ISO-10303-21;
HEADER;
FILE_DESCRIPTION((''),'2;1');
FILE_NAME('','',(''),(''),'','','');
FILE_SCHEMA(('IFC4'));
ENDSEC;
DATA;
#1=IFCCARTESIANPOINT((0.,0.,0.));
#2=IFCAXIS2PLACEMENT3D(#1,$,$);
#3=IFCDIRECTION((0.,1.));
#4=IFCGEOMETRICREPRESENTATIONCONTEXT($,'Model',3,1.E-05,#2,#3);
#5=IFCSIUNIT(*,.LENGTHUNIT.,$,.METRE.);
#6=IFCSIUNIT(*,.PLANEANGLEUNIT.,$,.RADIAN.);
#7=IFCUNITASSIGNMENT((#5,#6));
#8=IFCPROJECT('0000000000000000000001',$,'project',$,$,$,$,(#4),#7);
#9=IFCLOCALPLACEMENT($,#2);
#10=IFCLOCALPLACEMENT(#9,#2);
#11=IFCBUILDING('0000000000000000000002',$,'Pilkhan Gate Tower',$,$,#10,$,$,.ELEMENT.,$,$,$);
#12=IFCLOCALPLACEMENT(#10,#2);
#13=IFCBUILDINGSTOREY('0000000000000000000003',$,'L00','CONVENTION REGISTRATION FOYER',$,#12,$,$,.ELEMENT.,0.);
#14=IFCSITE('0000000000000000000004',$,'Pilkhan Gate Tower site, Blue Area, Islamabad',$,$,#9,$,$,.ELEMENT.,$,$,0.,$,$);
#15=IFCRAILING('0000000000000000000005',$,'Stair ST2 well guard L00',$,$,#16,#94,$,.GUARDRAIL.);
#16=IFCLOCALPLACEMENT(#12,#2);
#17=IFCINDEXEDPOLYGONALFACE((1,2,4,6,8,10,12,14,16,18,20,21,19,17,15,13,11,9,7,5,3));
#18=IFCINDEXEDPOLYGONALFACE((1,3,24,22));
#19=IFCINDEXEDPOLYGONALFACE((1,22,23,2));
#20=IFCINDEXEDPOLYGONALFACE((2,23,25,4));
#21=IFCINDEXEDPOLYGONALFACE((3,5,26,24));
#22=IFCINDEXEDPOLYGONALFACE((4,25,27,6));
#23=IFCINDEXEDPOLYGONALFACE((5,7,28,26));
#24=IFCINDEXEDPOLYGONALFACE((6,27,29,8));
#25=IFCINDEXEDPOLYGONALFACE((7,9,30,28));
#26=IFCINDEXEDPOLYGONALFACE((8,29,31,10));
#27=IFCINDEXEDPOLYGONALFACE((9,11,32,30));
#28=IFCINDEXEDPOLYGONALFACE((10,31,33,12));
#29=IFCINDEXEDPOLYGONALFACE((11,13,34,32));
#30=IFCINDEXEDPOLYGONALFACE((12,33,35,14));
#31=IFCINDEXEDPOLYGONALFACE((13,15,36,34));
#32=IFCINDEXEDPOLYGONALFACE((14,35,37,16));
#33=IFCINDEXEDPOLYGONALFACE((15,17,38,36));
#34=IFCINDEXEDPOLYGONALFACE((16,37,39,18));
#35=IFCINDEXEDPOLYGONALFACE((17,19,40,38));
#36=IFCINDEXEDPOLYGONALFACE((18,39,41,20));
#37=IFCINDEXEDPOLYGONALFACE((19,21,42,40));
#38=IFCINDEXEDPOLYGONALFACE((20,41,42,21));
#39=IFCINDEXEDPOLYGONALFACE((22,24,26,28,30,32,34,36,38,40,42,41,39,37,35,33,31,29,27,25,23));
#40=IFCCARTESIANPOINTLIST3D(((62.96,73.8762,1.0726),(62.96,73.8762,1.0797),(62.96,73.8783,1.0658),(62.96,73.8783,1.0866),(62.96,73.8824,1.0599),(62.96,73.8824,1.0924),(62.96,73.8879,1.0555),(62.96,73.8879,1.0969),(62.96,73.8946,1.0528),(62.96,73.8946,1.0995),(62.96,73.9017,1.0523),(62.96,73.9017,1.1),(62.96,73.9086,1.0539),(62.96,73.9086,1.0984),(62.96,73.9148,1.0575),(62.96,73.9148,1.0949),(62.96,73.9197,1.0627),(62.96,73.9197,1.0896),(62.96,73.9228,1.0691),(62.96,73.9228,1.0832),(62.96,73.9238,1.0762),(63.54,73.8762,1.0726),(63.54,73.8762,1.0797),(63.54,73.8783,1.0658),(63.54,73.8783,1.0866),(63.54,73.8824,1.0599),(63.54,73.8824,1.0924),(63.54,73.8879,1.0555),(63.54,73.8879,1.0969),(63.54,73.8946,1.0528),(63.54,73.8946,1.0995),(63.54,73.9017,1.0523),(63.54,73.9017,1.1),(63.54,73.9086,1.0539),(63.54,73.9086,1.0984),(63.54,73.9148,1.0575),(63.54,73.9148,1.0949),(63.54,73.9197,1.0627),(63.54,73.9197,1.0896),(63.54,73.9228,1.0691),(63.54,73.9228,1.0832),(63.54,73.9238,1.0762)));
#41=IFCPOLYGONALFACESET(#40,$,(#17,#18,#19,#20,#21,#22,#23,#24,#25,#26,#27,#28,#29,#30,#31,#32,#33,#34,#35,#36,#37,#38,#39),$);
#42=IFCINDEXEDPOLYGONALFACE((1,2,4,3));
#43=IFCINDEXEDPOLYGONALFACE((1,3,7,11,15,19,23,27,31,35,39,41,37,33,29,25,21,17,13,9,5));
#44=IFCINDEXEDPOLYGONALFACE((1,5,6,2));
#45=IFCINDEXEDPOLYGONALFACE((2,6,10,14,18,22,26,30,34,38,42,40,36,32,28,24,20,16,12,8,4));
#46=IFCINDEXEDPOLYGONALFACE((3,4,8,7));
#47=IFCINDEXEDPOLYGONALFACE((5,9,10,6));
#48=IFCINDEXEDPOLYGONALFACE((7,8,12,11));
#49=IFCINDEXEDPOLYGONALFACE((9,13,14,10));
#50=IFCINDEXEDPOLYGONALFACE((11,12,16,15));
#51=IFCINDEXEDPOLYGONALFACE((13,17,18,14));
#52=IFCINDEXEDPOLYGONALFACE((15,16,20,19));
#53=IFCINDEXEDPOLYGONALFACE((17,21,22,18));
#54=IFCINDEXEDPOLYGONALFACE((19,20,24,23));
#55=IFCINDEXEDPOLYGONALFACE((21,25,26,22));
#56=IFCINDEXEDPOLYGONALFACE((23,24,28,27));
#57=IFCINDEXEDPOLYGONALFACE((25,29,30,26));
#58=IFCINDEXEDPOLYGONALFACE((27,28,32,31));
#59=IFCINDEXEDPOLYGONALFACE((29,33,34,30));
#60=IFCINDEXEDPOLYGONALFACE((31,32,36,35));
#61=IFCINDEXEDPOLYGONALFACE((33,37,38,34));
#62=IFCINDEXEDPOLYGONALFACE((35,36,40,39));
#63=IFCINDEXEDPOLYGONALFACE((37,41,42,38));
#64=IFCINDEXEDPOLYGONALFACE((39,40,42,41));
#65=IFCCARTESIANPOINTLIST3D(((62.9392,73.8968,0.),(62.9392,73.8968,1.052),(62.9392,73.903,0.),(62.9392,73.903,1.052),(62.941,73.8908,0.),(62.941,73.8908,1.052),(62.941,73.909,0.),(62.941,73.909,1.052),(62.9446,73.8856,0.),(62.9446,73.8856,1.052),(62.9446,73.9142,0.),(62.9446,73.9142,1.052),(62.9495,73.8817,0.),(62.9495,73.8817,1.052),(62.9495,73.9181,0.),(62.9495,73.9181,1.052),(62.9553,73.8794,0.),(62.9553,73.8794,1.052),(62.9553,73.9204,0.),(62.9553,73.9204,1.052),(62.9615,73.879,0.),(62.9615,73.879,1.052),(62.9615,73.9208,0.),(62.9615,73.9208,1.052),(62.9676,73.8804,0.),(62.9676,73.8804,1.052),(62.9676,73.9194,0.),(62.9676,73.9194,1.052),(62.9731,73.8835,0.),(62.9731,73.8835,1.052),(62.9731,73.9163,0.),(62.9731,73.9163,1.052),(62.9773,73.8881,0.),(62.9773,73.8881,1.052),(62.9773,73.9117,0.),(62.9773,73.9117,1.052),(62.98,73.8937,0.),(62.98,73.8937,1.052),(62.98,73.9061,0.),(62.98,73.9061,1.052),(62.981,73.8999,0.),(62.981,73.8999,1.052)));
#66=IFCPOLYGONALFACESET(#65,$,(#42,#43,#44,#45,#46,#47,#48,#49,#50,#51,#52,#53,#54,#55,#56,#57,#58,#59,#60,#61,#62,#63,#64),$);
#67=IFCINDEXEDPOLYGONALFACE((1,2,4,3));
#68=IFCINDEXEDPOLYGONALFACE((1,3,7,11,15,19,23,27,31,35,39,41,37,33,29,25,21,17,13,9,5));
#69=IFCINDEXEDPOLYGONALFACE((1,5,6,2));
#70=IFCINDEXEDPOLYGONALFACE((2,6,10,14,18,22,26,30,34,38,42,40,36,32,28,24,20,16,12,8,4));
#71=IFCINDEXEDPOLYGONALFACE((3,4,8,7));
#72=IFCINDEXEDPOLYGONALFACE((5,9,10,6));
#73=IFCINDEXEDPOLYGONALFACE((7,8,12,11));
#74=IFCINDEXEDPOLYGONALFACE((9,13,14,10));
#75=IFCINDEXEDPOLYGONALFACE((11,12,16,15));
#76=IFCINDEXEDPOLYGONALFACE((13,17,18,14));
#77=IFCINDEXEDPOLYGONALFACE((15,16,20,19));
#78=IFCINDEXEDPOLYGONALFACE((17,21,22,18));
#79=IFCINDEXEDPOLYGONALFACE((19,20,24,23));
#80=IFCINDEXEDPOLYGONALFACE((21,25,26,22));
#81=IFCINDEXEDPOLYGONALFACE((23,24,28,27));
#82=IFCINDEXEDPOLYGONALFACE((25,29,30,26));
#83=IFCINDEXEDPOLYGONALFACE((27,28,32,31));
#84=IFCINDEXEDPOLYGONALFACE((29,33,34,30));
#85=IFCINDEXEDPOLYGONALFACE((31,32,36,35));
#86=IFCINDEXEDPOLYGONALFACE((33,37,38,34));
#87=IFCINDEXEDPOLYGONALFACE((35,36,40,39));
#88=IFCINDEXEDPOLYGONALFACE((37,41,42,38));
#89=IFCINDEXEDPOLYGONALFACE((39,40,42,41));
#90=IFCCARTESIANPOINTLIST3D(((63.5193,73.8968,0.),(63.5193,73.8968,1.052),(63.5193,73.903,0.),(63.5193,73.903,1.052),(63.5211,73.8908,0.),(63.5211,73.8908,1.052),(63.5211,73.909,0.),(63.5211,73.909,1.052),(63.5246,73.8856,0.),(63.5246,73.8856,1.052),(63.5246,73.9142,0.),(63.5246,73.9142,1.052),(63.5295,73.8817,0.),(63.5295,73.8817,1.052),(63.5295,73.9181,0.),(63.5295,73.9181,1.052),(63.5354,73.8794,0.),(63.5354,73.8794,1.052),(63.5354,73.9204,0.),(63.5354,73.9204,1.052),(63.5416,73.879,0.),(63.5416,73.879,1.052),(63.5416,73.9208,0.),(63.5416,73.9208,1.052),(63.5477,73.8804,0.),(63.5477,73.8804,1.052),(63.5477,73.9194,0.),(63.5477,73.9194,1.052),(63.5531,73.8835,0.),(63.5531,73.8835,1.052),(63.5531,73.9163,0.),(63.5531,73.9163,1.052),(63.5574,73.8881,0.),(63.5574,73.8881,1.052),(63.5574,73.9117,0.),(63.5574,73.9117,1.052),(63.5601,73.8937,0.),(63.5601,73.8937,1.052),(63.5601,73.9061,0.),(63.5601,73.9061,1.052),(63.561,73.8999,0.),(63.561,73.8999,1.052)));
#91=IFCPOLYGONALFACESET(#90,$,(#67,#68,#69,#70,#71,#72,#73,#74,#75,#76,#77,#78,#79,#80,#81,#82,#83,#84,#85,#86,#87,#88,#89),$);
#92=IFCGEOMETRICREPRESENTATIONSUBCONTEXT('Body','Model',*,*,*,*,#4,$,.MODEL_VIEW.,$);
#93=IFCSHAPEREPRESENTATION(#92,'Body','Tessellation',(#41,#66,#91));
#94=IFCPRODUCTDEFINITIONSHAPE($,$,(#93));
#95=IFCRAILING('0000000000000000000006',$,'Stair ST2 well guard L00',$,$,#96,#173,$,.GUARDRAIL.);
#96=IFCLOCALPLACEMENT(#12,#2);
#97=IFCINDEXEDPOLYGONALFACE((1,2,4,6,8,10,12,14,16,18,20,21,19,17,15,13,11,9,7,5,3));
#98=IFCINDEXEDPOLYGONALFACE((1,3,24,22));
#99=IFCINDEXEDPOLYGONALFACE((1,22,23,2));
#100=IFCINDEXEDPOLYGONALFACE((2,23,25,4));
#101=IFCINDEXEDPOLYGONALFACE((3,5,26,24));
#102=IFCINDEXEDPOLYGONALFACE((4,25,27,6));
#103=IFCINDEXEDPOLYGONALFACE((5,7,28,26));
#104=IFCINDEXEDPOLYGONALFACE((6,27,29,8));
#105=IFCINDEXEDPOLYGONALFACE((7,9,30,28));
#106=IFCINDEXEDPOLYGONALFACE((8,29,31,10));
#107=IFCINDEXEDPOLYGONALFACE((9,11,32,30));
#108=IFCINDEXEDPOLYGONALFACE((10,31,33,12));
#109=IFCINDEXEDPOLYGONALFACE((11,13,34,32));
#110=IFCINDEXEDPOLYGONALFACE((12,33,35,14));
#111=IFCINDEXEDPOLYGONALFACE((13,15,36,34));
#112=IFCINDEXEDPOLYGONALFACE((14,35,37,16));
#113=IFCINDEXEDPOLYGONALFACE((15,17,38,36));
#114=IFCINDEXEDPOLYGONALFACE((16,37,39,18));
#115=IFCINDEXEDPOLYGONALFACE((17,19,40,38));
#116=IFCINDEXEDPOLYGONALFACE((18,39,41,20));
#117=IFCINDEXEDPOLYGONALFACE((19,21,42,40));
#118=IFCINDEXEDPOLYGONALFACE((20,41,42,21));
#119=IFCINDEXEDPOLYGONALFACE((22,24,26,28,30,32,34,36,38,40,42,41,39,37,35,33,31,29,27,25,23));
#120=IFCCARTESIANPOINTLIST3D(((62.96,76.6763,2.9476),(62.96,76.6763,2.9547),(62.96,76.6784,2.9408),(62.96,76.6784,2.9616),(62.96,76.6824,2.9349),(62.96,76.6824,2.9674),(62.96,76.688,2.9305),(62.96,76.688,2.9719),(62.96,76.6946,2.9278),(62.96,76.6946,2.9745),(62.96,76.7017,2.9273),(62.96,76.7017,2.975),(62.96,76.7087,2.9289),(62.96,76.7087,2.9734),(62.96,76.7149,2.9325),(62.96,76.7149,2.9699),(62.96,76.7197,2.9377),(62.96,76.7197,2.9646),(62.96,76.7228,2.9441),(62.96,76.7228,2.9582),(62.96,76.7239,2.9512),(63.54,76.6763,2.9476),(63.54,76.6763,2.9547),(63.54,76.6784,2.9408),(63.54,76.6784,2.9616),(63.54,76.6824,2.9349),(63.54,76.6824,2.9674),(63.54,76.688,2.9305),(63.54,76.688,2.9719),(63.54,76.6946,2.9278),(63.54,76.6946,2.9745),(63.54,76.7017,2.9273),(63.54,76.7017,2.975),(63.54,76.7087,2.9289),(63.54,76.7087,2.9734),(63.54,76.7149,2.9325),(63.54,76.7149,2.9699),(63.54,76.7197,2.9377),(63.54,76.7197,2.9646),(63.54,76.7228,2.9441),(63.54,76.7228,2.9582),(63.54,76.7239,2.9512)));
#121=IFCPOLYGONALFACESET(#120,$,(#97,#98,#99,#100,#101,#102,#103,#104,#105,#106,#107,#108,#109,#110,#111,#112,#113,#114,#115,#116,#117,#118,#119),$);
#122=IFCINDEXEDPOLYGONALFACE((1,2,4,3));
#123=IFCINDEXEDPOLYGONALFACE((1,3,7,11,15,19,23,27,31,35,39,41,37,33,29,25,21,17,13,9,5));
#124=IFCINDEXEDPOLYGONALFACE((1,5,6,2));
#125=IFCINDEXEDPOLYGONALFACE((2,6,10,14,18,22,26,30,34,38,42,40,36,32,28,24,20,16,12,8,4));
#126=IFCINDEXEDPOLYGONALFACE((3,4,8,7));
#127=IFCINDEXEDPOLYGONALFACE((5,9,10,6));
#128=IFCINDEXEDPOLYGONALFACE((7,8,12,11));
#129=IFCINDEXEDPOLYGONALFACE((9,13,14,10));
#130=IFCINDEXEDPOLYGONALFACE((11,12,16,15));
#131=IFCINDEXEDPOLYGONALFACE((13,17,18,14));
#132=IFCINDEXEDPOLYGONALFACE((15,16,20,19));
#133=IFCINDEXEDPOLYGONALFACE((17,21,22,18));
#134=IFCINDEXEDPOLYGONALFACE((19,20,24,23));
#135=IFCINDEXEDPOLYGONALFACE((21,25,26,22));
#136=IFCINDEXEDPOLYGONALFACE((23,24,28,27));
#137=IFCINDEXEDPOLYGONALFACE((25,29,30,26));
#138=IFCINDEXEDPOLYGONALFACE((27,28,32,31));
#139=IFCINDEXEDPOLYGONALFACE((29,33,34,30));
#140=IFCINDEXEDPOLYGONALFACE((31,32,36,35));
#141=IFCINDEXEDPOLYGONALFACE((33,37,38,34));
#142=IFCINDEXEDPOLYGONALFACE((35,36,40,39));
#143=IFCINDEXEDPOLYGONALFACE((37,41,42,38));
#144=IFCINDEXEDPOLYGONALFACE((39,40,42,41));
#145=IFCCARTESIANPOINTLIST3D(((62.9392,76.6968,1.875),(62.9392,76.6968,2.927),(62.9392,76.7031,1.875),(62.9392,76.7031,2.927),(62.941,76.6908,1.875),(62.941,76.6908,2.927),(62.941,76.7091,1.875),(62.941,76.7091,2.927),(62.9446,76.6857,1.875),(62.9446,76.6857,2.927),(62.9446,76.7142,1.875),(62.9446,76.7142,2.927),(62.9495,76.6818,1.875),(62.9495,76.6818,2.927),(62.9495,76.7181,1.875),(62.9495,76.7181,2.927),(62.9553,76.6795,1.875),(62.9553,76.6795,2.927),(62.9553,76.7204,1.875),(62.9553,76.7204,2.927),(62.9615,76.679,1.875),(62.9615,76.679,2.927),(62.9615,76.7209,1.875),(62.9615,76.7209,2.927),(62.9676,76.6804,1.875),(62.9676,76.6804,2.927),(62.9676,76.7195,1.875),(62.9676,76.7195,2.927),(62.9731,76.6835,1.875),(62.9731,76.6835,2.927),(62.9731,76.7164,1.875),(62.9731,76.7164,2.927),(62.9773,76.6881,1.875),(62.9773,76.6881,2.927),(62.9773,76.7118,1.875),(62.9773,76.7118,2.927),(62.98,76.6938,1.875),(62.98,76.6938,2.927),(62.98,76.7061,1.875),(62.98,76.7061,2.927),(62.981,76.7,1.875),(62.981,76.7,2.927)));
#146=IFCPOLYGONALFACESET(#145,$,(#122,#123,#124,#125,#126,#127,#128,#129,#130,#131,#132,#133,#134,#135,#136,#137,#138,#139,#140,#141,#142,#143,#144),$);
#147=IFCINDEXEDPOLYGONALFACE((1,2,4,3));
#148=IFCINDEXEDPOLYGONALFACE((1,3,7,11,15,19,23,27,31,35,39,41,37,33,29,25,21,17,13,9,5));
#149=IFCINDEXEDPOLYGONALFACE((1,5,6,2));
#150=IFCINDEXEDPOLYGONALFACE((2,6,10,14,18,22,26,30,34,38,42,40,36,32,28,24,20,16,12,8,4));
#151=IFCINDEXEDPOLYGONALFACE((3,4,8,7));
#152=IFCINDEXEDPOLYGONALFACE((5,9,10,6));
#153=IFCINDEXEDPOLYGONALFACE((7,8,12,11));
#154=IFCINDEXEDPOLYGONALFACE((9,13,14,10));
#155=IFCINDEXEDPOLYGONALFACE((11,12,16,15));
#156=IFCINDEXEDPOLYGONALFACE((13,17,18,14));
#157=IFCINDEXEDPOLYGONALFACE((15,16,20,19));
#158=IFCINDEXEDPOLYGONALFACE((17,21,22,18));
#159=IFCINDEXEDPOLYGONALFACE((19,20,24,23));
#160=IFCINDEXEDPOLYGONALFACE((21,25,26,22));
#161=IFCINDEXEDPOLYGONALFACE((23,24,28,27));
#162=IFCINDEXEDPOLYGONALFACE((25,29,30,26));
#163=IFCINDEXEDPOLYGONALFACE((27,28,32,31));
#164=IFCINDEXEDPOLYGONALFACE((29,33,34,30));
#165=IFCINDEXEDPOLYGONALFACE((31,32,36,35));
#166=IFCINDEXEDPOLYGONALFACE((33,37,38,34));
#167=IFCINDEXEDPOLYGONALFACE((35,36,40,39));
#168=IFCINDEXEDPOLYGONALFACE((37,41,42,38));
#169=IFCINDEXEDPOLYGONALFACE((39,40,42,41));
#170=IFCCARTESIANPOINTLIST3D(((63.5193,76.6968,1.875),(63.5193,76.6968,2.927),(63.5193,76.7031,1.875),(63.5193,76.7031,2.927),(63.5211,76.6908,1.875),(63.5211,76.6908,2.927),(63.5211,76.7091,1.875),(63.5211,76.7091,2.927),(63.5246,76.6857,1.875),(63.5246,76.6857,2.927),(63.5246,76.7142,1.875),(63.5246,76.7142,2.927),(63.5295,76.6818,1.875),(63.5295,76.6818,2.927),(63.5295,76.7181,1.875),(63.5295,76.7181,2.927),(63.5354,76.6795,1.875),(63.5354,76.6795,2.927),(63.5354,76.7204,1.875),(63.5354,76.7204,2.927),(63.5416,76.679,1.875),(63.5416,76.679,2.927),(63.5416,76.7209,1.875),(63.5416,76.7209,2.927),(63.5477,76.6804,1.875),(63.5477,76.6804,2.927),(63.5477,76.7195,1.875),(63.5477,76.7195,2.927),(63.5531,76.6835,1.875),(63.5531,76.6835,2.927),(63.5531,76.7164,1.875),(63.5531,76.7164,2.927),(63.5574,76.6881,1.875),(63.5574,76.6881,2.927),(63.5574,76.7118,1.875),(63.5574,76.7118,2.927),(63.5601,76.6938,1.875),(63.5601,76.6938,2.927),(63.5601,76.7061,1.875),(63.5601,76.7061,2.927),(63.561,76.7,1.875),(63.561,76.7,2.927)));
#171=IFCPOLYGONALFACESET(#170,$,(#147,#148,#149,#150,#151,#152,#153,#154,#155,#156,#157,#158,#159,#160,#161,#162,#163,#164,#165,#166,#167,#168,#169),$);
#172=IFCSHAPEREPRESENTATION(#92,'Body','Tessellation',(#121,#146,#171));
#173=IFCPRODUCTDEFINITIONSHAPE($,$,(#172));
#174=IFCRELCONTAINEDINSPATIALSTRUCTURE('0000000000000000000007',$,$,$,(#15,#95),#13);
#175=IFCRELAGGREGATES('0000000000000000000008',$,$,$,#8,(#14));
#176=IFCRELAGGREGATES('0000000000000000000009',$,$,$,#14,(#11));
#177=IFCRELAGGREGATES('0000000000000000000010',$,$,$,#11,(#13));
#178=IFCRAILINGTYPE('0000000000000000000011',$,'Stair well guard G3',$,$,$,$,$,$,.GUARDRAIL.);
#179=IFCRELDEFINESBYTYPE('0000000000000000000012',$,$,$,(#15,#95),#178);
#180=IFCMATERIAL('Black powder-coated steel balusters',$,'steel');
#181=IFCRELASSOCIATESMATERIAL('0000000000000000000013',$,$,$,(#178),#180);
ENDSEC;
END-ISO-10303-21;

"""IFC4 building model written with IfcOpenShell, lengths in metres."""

from ifc_helpers import new_model, si_unit, direction, frame, origin, origin_2d, place, context, subcontext, project, spatial, circle, extrude, material, type_object, element, save


model = new_model("IFC4")

# Units and contexts
model_context = context("Model", 3, precision=1e-05, world=origin(), true_north=direction((0.0, 1.0)))
body_context = subcontext(model_context, "Body", "Model", "MODEL_VIEW")
ifc_project = project(units=[si_unit("LENGTHUNIT", "METRE"), si_unit("PLANEANGLEUNIT", "RADIAN")], contexts=[model_context])

# Site, building, storey
site_placement = place(None, origin())
site = spatial("IfcSite", under=ifc_project, at=site_placement, Name="Pilkhan Gate Tower site, Blue Area, Islamabad", CompositionType="ELEMENT", RefElevation=0.0)
building_placement = place(site_placement, origin())
building = spatial("IfcBuilding", under=site, at=building_placement, Name="Pilkhan Gate Tower", CompositionType="ELEMENT")
storey_placement = place(building_placement, origin())
storey = spatial("IfcBuildingStorey", under=building, at=storey_placement, Name="L00", Description="CONVENTION REGISTRATION FOYER", CompositionType="ELEMENT", Elevation=0.0)

# Railings
ifc_material_1 = material(Name="Black powder-coated steel balusters", Category="steel")
railing_type_1 = type_object("IfcRailingType", Name="Stair well guard G3", PredefinedType="GUARDRAIL", material=ifc_material_1)
for number, where, name in (
    (1, (62.96, 73.8999, 0.0), "Stair ST2 well guard L00"),
    (2, (62.96, 76.7, 1.875), "Stair ST2 well guard L00"),
):
    element("IfcRailing", number, at=place(storey_placement, frame(where)), inside=storey, type_object=railing_type_1, Name=name, PredefinedType="GUARDRAIL", context=body_context, shape_type="SweptSolid", body=[
        extrude(circle(Radius=0.0239, at=origin_2d()), frame((0.0, 0.0, 1.0762), z_axis=(1.0, 0.0, 0.0), x_axis=(0.0, 1.0, 0.0)), (0.0, 0.0, 1.0), 0.5801),
        extrude(circle(Radius=0.021, at=origin_2d()), origin(), (0.0, 0.0, 1.0), 1.052),
        extrude(circle(Radius=0.021, at=origin_2d()), frame((0.5801, 0.0, 0.0)), (0.0, 0.0, 1.0), 1.052),
    ])

save(model, "model.ifc")
